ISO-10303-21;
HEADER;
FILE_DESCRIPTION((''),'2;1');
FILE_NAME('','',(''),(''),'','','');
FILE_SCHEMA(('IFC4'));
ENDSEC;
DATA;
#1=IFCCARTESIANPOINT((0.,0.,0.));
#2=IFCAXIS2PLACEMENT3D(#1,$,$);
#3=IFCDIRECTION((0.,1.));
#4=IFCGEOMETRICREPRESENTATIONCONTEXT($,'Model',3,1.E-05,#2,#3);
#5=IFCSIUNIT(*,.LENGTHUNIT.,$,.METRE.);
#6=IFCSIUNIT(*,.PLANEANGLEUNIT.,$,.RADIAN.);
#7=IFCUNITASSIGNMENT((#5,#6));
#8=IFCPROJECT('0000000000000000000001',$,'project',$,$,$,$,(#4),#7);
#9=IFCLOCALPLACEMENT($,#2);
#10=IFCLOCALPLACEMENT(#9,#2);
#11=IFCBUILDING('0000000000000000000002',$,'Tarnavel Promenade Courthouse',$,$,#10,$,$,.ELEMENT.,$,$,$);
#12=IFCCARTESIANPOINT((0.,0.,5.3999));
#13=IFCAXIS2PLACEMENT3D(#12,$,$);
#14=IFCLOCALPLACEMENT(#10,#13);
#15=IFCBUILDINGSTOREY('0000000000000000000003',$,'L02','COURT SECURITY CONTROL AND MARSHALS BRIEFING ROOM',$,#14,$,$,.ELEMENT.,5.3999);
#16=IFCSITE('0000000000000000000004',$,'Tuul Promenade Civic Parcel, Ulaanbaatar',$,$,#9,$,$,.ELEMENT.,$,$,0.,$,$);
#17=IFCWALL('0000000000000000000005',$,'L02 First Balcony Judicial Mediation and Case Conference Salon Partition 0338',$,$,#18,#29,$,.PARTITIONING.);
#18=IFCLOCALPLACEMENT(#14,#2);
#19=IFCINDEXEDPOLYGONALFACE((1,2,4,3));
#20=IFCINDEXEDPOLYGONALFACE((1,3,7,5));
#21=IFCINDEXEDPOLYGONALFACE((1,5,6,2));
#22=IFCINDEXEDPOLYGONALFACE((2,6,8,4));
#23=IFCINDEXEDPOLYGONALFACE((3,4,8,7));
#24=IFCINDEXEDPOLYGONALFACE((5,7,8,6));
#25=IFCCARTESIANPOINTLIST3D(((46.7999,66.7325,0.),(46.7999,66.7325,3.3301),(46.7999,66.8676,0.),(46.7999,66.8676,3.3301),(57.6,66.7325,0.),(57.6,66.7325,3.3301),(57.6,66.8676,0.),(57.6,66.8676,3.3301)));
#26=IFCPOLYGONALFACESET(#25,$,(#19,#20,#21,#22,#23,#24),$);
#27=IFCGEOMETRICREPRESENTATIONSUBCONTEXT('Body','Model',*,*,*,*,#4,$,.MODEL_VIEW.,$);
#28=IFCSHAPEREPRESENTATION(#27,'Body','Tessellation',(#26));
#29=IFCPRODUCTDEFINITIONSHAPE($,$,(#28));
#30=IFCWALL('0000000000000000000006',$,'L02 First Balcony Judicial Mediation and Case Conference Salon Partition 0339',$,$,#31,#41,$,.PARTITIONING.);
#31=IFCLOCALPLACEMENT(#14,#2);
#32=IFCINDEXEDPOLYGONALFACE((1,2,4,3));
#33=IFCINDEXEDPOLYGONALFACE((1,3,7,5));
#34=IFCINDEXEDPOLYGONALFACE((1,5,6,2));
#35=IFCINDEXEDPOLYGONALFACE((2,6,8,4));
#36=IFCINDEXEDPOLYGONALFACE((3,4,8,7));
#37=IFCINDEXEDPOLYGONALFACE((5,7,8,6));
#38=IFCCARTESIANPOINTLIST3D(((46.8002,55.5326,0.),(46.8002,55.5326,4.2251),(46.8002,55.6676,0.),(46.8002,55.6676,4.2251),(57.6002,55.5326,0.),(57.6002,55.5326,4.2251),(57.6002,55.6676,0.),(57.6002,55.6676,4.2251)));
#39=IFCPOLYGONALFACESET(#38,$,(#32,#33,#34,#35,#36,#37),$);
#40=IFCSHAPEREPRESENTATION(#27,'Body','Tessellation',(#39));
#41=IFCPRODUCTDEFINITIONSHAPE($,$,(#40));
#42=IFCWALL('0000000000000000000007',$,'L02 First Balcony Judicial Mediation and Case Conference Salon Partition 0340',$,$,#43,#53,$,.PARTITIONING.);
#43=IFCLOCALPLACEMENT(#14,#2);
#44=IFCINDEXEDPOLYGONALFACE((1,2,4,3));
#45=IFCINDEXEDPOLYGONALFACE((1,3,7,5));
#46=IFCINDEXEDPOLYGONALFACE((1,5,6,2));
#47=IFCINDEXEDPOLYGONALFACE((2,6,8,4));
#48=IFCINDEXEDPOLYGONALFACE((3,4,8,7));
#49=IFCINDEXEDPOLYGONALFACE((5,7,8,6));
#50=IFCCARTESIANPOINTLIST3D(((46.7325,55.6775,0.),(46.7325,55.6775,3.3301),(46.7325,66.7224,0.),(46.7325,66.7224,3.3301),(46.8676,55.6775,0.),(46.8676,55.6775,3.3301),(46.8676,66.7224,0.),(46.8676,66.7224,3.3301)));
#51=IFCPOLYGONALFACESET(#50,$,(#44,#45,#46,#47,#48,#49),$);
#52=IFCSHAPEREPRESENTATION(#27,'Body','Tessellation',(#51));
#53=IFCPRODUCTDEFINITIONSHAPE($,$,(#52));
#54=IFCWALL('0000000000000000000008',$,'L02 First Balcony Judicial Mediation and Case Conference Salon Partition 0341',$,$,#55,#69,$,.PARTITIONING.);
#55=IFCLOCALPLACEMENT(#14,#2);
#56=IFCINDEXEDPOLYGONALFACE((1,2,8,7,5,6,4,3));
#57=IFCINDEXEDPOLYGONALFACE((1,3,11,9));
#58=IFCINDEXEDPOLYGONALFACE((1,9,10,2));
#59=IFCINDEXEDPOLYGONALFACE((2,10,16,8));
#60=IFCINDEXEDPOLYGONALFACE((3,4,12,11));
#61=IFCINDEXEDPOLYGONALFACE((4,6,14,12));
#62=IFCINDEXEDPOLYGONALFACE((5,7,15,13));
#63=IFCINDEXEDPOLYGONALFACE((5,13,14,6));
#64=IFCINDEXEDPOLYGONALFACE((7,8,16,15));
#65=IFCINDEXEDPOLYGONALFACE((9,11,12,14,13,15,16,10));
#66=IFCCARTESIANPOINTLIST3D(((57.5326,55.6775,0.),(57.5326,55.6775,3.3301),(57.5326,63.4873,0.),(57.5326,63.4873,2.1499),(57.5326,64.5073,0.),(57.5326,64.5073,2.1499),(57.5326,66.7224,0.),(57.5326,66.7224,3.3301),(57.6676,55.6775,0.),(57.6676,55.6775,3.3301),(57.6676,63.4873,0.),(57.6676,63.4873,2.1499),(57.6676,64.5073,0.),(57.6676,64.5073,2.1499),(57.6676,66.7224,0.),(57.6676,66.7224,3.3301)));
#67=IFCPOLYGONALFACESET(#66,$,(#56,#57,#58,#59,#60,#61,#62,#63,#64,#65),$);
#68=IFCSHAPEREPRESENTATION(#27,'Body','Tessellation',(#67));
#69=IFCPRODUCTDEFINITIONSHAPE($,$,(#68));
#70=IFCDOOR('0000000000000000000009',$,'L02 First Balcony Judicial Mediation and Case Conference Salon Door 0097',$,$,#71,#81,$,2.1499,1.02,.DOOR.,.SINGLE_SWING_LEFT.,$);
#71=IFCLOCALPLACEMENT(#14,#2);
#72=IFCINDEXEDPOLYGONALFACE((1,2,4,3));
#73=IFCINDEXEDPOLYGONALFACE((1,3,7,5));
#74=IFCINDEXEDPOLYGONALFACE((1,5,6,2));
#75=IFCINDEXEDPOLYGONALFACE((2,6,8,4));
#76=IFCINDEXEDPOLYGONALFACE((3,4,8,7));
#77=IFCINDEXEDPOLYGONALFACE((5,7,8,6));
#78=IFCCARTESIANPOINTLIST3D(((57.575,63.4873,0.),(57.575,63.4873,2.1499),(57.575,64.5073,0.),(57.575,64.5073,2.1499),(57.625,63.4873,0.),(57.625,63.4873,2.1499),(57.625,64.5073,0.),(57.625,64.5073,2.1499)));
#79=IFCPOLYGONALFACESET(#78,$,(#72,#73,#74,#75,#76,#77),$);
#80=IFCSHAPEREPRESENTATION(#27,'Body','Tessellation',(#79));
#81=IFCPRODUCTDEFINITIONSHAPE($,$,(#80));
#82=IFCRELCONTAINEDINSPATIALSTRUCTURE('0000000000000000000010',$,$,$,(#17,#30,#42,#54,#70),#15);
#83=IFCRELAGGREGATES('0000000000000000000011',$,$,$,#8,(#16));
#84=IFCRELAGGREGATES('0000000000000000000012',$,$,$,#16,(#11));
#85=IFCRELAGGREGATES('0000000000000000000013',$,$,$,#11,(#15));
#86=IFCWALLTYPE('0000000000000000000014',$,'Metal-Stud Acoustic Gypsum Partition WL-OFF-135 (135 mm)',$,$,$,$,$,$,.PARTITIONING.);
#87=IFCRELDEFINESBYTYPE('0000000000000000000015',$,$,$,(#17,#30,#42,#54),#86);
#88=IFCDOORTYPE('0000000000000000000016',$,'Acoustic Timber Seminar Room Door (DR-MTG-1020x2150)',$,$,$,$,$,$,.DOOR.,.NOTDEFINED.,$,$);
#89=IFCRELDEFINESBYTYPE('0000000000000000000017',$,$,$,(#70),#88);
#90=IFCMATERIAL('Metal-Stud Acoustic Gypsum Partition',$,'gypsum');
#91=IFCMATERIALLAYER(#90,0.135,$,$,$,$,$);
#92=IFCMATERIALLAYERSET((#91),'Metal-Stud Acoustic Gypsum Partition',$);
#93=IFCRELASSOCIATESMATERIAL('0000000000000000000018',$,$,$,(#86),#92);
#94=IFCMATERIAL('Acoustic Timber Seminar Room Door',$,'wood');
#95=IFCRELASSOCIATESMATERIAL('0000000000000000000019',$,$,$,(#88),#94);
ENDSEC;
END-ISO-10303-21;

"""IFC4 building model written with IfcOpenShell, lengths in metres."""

from ifc_helpers import new_model, si_unit, direction, frame, frame_2d, origin, place, context, subcontext, project, spatial, rectangle, extrude, material, layer, layer_set, type_object, element, fill, save


model = new_model("IFC4")

# Units and contexts
model_context = context("Model", 3, precision=1e-05, world=origin(), true_north=direction((0.0, 1.0)))
body_context = subcontext(model_context, "Body", "Model", "MODEL_VIEW")
ifc_project = project(units=[si_unit("LENGTHUNIT", "METRE"), si_unit("PLANEANGLEUNIT", "RADIAN")], contexts=[model_context])

# Site, building, storey
site_placement = place(None, origin())
site = spatial("IfcSite", under=ifc_project, at=site_placement, Name="Tuul Promenade Civic Parcel, Ulaanbaatar", CompositionType="ELEMENT", RefElevation=0.0)
building_placement = place(site_placement, origin())
building = spatial("IfcBuilding", under=site, at=building_placement, Name="Tarnavel Promenade Courthouse", CompositionType="ELEMENT")
storey_placement = place(building_placement, frame((0.0, 0.0, 5.3999)))
storey = spatial("IfcBuildingStorey", under=building, at=storey_placement, Name="L02", Description="COURT SECURITY CONTROL AND MARSHALS BRIEFING ROOM", CompositionType="ELEMENT", Elevation=5.3999)

# Shared definitions
ifc_material_1 = material(Name="Metal-Stud Acoustic Gypsum Partition", Category="gypsum")
ifc_layer_1 = layer(ifc_material_1, 0.135)
ifc_layer_set_1 = layer_set([ifc_layer_1], Name="Metal-Stud Acoustic Gypsum Partition")
wall_type = type_object("IfcWallType", Name="Metal-Stud Acoustic Gypsum Partition WL-OFF-135 (135 mm)", PredefinedType="PARTITIONING", material=ifc_layer_set_1)

# Walls
wall_1_placement = place(storey_placement, frame((46.8, 66.8, 0.0), z_axis=(0.0, 0.0, 1.0), x_axis=(1.0, 0.0, 0.0)))
element("IfcWall", 1, at=wall_1_placement, inside=storey, type_object=wall_type, Name="L02 First Balcony Judicial Mediation and Case Conference Salon Partition 0338", PredefinedType="PARTITIONING", context=body_context, shape_type="SweptSolid", body=[
    extrude(rectangle(XDim=10.8, YDim=0.135, at=frame_2d((5.3999, 0.0))), origin(), (0.0, 0.0, 1.0), 3.3301),
])
wall_2_placement = place(storey_placement, frame((57.6001, 55.6001, 0.0), z_axis=(0.0, 0.0, 1.0), x_axis=(-1.0, 0.0, 0.0)))
element("IfcWall", 2, at=wall_2_placement, inside=storey, type_object=wall_type, Name="L02 First Balcony Judicial Mediation and Case Conference Salon Partition 0339", PredefinedType="PARTITIONING", context=body_context, shape_type="SweptSolid", body=[
    extrude(rectangle(XDim=10.8, YDim=0.135, at=frame_2d((5.3999, 0.0))), origin(), (0.0, 0.0, 1.0), 4.2251),
])
wall_3_placement = place(storey_placement, frame((46.8, 55.6775, 0.0), z_axis=(0.0, 0.0, 1.0), x_axis=(0.0, 1.0, 0.0)))
element("IfcWall", 3, at=wall_3_placement, inside=storey, type_object=wall_type, Name="L02 First Balcony Judicial Mediation and Case Conference Salon Partition 0340", PredefinedType="PARTITIONING", context=body_context, shape_type="SweptSolid", body=[
    extrude(rectangle(XDim=11.0449, YDim=0.135, at=frame_2d((5.5225, 0.0))), origin(), (0.0, 0.0, 1.0), 3.3301),
])

# Wall, opening, door
wall_4_placement = place(storey_placement, frame((57.6001, 66.7224, 0.0), z_axis=(0.0, 0.0, 1.0), x_axis=(0.0, -1.0, 0.0)))
wall_4 = element("IfcWall", 4, at=wall_4_placement, inside=storey, type_object=wall_type, Name="L02 First Balcony Judicial Mediation and Case Conference Salon Partition 0341", PredefinedType="PARTITIONING", context=body_context, shape_type="SweptSolid", body=[
    extrude(rectangle(XDim=11.0449, YDim=0.135, at=frame_2d((5.5225, 0.0))), origin(), (0.0, 0.0, 1.0), 3.3301),
])
opening_1_placement = place(wall_4_placement, frame((2.2151, 0.0, 0.0)))
opening_1 = element("IfcOpeningElement", 5, at=opening_1_placement, cuts=wall_4, PredefinedType="OPENING", context=body_context, shape_type="SweptSolid", body=[
    extrude(rectangle(XDim=1.02, YDim=2.1499, at=frame_2d((0.51, 1.075))), frame((0.0, 0.0774, 0.0), z_axis=(0.0, -1.0, 0.0), x_axis=(1.0, 0.0, 0.0)), (0.0, 0.0, 1.0), 0.155),
])
ifc_material_2 = material(Name="Acoustic Timber Seminar Room Door", Category="wood")
door_type_1 = type_object("IfcDoorType", Name="Acoustic Timber Seminar Room Door (DR-MTG-1020x2150)", OperationType="NOTDEFINED", PredefinedType="DOOR", material=ifc_material_2)
door_1_placement = place(opening_1_placement, origin())
door_1 = element("IfcDoor", 6, at=door_1_placement, inside=storey, type_object=door_type_1, Name="L02 First Balcony Judicial Mediation and Case Conference Salon Door 0097", OperationType="SINGLE_SWING_LEFT", OverallHeight=2.1499, OverallWidth=1.02, PredefinedType="DOOR", context=body_context, shape_type="SweptSolid", body=[
    extrude(rectangle(XDim=1.02, YDim=2.1499, at=frame_2d((0.51, 1.075))), frame((0.0, 0.0249, 0.0), z_axis=(0.0, -1.0, 0.0), x_axis=(1.0, 0.0, 0.0)), (0.0, 0.0, 1.0), 0.05),
])
fill(opening_1, door_1)

save(model, "model.ifc")
